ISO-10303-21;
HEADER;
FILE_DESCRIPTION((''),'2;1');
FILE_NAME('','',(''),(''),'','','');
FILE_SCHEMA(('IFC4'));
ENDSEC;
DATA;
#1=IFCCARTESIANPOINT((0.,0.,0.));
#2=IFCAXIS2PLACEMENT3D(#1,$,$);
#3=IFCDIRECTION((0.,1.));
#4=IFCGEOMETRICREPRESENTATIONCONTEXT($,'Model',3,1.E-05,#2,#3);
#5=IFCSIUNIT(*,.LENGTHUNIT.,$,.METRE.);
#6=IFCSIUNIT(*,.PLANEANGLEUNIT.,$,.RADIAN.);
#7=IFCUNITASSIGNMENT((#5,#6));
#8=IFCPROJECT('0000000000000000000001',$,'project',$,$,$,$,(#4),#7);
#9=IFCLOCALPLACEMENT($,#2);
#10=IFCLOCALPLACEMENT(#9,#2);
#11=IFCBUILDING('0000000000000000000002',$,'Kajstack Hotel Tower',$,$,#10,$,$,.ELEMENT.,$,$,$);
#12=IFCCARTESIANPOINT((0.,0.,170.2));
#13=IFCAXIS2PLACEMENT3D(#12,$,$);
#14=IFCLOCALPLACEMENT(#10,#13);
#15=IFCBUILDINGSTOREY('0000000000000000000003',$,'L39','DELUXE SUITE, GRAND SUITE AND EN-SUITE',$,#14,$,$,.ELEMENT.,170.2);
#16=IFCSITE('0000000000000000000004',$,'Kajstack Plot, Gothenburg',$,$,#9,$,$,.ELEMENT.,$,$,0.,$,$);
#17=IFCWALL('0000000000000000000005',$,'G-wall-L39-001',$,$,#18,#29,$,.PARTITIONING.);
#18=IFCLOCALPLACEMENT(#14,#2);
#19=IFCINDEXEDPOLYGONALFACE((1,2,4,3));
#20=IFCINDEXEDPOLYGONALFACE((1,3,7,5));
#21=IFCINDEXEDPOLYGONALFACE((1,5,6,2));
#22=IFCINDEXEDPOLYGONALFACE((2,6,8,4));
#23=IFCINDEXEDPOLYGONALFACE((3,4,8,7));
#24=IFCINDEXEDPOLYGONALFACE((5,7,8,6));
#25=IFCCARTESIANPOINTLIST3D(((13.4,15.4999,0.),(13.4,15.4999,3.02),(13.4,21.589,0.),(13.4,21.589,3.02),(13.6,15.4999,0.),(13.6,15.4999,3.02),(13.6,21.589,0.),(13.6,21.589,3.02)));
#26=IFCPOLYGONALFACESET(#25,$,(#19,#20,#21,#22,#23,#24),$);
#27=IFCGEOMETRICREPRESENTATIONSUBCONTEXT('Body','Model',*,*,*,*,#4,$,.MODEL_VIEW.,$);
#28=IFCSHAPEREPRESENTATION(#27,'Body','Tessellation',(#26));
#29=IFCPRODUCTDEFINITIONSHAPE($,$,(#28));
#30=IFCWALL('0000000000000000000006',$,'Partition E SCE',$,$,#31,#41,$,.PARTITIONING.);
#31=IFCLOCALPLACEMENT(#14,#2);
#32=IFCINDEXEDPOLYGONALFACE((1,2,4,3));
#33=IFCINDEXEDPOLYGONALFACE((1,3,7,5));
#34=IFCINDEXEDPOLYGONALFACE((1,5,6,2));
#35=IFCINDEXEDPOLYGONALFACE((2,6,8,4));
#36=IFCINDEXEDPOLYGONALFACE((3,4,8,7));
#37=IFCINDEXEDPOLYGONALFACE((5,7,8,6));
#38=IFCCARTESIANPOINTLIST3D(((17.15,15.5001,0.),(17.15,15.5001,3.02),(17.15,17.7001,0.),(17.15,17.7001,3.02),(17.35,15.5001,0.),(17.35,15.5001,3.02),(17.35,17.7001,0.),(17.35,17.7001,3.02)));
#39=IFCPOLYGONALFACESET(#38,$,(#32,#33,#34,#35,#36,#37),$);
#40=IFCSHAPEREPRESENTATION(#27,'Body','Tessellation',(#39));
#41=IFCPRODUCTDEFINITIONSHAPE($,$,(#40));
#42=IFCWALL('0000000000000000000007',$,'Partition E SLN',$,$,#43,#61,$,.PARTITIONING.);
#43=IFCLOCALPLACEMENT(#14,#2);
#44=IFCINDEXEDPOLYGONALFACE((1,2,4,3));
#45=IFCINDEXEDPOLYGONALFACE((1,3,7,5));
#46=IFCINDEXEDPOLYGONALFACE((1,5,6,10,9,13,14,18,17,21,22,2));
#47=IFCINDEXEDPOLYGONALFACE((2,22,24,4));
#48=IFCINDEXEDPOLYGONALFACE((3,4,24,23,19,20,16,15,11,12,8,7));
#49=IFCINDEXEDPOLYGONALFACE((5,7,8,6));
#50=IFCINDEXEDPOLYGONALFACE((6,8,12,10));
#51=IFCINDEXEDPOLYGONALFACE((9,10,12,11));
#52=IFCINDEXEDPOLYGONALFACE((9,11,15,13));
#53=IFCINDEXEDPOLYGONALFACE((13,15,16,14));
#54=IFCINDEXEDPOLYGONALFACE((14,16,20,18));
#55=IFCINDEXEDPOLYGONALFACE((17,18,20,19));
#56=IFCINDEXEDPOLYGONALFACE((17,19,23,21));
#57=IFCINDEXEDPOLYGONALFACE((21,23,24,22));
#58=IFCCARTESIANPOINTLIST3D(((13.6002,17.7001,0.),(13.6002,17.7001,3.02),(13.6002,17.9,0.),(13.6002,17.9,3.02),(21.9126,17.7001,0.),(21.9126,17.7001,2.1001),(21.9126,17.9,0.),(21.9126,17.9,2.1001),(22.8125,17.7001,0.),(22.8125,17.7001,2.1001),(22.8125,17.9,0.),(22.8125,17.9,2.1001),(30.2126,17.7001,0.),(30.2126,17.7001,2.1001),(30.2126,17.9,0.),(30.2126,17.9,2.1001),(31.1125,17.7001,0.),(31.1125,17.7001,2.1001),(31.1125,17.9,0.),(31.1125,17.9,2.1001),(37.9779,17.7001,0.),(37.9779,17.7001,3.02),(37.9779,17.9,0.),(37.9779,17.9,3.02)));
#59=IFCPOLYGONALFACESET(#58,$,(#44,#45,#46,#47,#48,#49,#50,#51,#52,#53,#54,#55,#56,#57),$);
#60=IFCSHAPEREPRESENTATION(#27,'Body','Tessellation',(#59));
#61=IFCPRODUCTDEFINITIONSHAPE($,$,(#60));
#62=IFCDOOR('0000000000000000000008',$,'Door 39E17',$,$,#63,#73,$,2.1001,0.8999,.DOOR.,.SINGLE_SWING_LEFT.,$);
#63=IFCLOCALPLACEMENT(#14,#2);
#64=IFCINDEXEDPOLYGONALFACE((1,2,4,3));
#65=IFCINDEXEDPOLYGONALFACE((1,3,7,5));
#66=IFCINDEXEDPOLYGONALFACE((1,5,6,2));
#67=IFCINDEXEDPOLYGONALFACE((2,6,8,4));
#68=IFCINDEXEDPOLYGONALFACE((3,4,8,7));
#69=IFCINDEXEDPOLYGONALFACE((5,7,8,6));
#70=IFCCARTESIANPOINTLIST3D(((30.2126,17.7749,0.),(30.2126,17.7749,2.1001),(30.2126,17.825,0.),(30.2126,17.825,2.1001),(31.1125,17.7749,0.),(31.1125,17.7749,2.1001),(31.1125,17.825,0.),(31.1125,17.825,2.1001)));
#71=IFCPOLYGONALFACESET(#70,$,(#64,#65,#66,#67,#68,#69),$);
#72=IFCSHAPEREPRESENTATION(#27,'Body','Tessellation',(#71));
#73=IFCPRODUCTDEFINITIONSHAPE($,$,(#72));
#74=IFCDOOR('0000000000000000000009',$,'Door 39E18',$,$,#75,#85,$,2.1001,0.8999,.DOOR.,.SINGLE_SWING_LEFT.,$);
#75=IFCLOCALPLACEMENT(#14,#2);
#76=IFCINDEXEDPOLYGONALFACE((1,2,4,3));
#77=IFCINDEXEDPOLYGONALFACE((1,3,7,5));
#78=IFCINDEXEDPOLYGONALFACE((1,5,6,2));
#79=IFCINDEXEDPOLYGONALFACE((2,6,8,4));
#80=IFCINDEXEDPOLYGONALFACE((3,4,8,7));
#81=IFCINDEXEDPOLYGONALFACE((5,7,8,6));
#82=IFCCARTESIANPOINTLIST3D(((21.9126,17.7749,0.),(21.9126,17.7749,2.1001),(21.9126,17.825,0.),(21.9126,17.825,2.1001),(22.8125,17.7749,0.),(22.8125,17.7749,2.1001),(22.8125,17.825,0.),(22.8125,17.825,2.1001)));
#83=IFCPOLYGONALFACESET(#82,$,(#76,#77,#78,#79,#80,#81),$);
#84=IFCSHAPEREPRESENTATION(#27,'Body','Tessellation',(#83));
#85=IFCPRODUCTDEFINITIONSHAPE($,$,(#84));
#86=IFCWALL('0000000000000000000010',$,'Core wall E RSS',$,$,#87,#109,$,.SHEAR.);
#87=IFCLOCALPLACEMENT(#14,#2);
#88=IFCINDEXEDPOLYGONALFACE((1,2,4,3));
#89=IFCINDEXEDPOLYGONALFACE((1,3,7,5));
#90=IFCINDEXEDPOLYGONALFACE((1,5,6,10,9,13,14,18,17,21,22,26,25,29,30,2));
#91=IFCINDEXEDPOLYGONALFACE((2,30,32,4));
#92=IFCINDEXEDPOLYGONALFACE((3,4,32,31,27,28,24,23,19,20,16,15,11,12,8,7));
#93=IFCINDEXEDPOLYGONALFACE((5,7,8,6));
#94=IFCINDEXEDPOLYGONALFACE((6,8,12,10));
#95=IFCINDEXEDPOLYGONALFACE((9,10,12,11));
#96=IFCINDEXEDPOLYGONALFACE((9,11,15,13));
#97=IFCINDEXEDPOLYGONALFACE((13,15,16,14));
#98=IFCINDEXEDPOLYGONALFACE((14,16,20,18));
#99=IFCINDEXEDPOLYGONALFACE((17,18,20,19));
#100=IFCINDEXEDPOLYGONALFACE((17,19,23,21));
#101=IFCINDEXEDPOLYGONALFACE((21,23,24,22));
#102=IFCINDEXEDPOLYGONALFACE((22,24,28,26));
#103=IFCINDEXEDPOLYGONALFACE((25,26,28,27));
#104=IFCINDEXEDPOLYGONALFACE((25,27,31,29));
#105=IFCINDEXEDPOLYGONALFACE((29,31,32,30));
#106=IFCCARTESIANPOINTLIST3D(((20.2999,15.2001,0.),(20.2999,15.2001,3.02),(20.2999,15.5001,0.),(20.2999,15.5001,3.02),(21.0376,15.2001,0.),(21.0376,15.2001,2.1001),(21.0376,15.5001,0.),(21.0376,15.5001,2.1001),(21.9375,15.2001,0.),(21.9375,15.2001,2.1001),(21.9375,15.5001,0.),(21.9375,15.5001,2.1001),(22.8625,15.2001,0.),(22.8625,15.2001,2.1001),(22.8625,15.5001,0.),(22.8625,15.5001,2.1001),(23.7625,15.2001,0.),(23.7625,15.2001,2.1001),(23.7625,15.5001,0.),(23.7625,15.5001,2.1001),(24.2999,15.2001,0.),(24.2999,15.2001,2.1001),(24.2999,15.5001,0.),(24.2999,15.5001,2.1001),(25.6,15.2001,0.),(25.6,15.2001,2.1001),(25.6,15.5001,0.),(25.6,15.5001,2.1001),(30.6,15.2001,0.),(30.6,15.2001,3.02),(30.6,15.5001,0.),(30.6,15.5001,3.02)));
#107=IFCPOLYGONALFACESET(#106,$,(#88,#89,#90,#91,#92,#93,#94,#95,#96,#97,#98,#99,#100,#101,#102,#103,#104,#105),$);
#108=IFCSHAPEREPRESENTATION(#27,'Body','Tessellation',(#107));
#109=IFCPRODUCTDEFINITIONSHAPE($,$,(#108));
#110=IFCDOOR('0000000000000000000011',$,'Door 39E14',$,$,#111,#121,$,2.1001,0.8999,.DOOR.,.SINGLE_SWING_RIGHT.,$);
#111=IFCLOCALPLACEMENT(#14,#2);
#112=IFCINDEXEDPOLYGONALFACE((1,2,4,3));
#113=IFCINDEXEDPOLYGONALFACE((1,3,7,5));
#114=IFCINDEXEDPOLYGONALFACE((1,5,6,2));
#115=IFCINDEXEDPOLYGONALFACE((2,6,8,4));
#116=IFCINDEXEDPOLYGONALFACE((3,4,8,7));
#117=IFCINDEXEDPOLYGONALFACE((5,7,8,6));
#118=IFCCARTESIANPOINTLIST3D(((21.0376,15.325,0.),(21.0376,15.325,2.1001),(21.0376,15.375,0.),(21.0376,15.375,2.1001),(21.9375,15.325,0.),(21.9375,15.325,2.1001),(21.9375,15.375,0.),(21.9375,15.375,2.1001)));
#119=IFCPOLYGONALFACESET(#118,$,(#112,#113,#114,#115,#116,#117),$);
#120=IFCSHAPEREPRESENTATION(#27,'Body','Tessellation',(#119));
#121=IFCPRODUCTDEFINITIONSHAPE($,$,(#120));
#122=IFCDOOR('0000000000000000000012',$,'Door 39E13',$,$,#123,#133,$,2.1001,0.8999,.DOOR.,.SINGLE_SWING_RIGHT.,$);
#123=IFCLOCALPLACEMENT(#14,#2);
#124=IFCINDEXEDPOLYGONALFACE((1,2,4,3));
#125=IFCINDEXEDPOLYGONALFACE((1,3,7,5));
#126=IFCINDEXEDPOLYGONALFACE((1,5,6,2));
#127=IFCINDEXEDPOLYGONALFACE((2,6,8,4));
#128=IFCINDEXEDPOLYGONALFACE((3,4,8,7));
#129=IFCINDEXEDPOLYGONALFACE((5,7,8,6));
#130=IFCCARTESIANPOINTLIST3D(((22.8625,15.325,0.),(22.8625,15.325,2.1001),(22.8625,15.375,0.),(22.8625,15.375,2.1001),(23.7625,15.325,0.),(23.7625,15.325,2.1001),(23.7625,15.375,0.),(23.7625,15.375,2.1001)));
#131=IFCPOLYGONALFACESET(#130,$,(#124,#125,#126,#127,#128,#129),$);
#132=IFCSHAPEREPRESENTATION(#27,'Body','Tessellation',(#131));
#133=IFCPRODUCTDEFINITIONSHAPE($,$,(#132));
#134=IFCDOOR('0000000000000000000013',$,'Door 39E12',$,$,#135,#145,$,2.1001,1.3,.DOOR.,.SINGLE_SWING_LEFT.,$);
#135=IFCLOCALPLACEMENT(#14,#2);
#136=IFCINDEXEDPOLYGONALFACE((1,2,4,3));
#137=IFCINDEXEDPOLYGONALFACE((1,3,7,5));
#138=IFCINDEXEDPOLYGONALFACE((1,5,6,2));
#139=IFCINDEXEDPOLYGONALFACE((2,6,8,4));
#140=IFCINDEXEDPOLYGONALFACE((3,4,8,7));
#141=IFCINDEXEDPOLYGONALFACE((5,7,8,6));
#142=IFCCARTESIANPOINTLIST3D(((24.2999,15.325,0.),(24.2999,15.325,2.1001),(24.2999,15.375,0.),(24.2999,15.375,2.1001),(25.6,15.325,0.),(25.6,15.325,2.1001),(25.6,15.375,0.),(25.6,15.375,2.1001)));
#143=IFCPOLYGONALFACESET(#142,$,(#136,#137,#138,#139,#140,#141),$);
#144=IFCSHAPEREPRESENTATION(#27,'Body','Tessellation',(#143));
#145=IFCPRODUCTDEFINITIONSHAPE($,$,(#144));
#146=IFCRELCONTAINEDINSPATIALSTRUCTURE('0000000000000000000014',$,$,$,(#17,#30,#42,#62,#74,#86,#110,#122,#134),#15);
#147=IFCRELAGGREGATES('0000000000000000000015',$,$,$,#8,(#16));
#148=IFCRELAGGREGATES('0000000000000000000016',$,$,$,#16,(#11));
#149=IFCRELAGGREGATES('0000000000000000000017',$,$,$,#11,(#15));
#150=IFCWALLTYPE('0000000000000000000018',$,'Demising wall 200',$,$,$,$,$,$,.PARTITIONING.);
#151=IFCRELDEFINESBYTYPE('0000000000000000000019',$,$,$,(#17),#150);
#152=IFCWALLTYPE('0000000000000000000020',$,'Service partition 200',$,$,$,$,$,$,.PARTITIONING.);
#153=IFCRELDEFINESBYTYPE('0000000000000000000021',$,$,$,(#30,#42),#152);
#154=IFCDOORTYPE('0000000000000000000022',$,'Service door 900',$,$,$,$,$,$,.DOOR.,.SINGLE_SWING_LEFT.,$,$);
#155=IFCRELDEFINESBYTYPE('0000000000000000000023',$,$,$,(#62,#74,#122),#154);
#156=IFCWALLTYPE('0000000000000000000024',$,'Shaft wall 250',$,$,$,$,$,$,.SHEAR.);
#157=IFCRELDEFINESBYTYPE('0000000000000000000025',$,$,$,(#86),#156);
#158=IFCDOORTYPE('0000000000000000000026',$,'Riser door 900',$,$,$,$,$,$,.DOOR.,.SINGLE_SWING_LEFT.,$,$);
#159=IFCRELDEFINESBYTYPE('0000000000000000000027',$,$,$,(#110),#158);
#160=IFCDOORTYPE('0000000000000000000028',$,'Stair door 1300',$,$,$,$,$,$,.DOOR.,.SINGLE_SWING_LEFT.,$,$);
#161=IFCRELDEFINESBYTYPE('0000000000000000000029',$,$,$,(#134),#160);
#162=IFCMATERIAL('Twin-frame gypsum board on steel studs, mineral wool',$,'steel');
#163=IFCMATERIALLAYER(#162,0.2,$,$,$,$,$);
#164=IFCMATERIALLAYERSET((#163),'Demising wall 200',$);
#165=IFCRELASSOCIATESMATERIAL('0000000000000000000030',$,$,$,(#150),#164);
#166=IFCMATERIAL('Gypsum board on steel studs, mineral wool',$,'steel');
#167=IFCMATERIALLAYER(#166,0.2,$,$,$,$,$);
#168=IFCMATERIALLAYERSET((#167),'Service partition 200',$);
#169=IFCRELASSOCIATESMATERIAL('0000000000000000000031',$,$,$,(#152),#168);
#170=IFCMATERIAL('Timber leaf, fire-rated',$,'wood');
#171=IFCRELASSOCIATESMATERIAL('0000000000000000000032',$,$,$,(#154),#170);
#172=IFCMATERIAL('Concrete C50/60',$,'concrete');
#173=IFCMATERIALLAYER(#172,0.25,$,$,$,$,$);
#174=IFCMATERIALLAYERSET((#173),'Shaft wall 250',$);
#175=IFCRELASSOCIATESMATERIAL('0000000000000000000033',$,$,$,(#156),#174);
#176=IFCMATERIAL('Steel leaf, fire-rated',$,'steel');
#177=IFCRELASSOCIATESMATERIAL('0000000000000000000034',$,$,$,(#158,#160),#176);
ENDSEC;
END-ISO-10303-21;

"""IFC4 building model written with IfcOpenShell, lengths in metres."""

from ifc_helpers import new_model, si_unit, direction, frame, frame_2d, origin, place, context, subcontext, project, spatial, rectangle, extrude, material, layer, layer_set, type_object, element, fill, save


model = new_model("IFC4")

# Units and contexts
model_context = context("Model", 3, precision=1e-05, world=origin(), true_north=direction((0.0, 1.0)))
body_context = subcontext(model_context, "Body", "Model", "MODEL_VIEW")
ifc_project = project(units=[si_unit("LENGTHUNIT", "METRE"), si_unit("PLANEANGLEUNIT", "RADIAN")], contexts=[model_context])

# Site, building, storey
site_placement = place(None, origin())
site = spatial("IfcSite", under=ifc_project, at=site_placement, Name="Kajstack Plot, Gothenburg", CompositionType="ELEMENT", RefElevation=0.0)
building_placement = place(site_placement, origin())
building = spatial("IfcBuilding", under=site, at=building_placement, Name="Kajstack Hotel Tower", CompositionType="ELEMENT")
storey_placement = place(building_placement, frame((0.0, 0.0, 170.2)))
storey = spatial("IfcBuildingStorey", under=building, at=storey_placement, Name="L39", Description="DELUXE SUITE, GRAND SUITE AND EN-SUITE", CompositionType="ELEMENT", Elevation=170.2)

# Wall
ifc_material_1 = material(Name="Twin-frame gypsum board on steel studs, mineral wool", Category="steel")
ifc_layer_1 = layer(ifc_material_1, 0.2)
ifc_layer_set_1 = layer_set([ifc_layer_1], Name="Demising wall 200")
wall_type_1 = type_object("IfcWallType", Name="Demising wall 200", PredefinedType="PARTITIONING", material=ifc_layer_set_1)
wall_1_placement = place(storey_placement, frame((13.5, 15.5, 0.0), z_axis=(0.0, 0.0, 1.0), x_axis=(0.0, 1.0, 0.0)))
element("IfcWall", 1, at=wall_1_placement, inside=storey, type_object=wall_type_1, Name="G-wall-L39-001", PredefinedType="PARTITIONING", context=body_context, shape_type="SweptSolid", body=[
    extrude(rectangle(XDim=6.0891, YDim=0.2, at=frame_2d((3.0444, 0.0))), origin(), (0.0, 0.0, 1.0), 3.02),
])

# Wall
ifc_material_2 = material(Name="Gypsum board on steel studs, mineral wool", Category="steel")
ifc_layer_2 = layer(ifc_material_2, 0.2)
ifc_layer_set_2 = layer_set([ifc_layer_2], Name="Service partition 200")
wall_type_2 = type_object("IfcWallType", Name="Service partition 200", PredefinedType="PARTITIONING", material=ifc_layer_set_2)
wall_2_placement = place(storey_placement, frame((17.25, 15.5, 0.0), z_axis=(0.0, 0.0, 1.0), x_axis=(0.0, 1.0, 0.0)))
element("IfcWall", 2, at=wall_2_placement, inside=storey, type_object=wall_type_2, Name="Partition E SCE", PredefinedType="PARTITIONING", context=body_context, shape_type="SweptSolid", body=[
    extrude(rectangle(XDim=2.2, YDim=0.2, at=frame_2d((1.1001, 0.0))), origin(), (0.0, 0.0, 1.0), 3.02),
])

# Walls, openings, doors
wall_3_placement = place(storey_placement, frame((13.6001, 17.8, 0.0), z_axis=(0.0, 0.0, 1.0), x_axis=(1.0, 0.0, 0.0)))
wall_3 = element("IfcWall", 3, at=wall_3_placement, inside=storey, type_object=wall_type_2, Name="Partition E SLN", PredefinedType="PARTITIONING", context=body_context, shape_type="SweptSolid", body=[
    extrude(rectangle(XDim=24.3777, YDim=0.2, at=frame_2d((12.189, 0.0))), origin(), (0.0, 0.0, 1.0), 3.02),
])
opening_1_placement = place(wall_3_placement, frame((16.6125, 0.0, 0.0)))
opening_1 = element("IfcOpeningElement", 4, at=opening_1_placement, cuts=wall_3, PredefinedType="OPENING", context=body_context, shape_type="SweptSolid", body=[
    extrude(rectangle(XDim=0.8999, YDim=2.1001, at=frame_2d((0.45, 1.05))), frame((0.0, 0.1099, 0.0), z_axis=(0.0, -1.0, 0.0), x_axis=(1.0, 0.0, 0.0)), (0.0, 0.0, 1.0), 0.22),
])
opening_2_placement = place(wall_3_placement, frame((8.3125, 0.0, 0.0)))
opening_2 = element("IfcOpeningElement", 5, at=opening_2_placement, cuts=wall_3, PredefinedType="OPENING", context=body_context, shape_type="SweptSolid", body=[
    extrude(rectangle(XDim=0.8999, YDim=2.1001, at=frame_2d((0.45, 1.05))), frame((0.0, 0.1099, 0.0), z_axis=(0.0, -1.0, 0.0), x_axis=(1.0, 0.0, 0.0)), (0.0, 0.0, 1.0), 0.22),
])
ifc_material_3 = material(Name="Timber leaf, fire-rated", Category="wood")
door_type_1 = type_object("IfcDoorType", Name="Service door 900", OperationType="SINGLE_SWING_LEFT", PredefinedType="DOOR", material=ifc_material_3)
door_1_placement = place(opening_1_placement, origin())
door_1 = element("IfcDoor", 6, at=door_1_placement, inside=storey, type_object=door_type_1, Name="Door 39E17", OperationType="SINGLE_SWING_LEFT", OverallHeight=2.1001, OverallWidth=0.8999, PredefinedType="DOOR", context=body_context, shape_type="SweptSolid", body=[
    extrude(rectangle(XDim=0.8999, YDim=2.1001, at=frame_2d((0.45, 1.05))), frame((0.0, 0.0249, 0.0), z_axis=(0.0, -1.0, 0.0), x_axis=(1.0, 0.0, 0.0)), (0.0, 0.0, 1.0), 0.05),
])
fill(opening_1, door_1)
door_2_placement = place(opening_2_placement, origin())
door_2 = element("IfcDoor", 7, at=door_2_placement, inside=storey, type_object=door_type_1, Name="Door 39E18", OperationType="SINGLE_SWING_LEFT", OverallHeight=2.1001, OverallWidth=0.8999, PredefinedType="DOOR", context=body_context, shape_type="SweptSolid", body=[
    extrude(rectangle(XDim=0.8999, YDim=2.1001, at=frame_2d((0.45, 1.05))), frame((0.0, 0.0249, 0.0), z_axis=(0.0, -1.0, 0.0), x_axis=(1.0, 0.0, 0.0)), (0.0, 0.0, 1.0), 0.05),
])
fill(opening_2, door_2)
ifc_material_4 = material(Name="Concrete C50/60", Category="concrete")
ifc_layer_3 = layer(ifc_material_4, 0.25)
ifc_layer_set_3 = layer_set([ifc_layer_3], Name="Shaft wall 250")
wall_type_3 = type_object("IfcWallType", Name="Shaft wall 250", PredefinedType="SHEAR", material=ifc_layer_set_3)
wall_4_placement = place(storey_placement, frame((20.3, 15.3501, 0.0), z_axis=(0.0, 0.0, 1.0), x_axis=(1.0, 0.0, 0.0)))
wall_4 = element("IfcWall", 8, at=wall_4_placement, inside=storey, type_object=wall_type_3, Name="Core wall E RSS", PredefinedType="SHEAR", context=body_context, shape_type="SweptSolid", body=[
    extrude(rectangle(XDim=10.3, YDim=0.3, at=frame_2d((5.1499, 0.0))), origin(), (0.0, 0.0, 1.0), 3.02),
])
opening_3_placement = place(wall_4_placement, frame((4.0, 0.0, 0.0)))
opening_3 = element("IfcOpeningElement", 9, at=opening_3_placement, cuts=wall_4, PredefinedType="OPENING", context=body_context, shape_type="SweptSolid", body=[
    extrude(rectangle(XDim=1.3, YDim=2.1001, at=frame_2d((0.6499, 1.05))), frame((0.0, 0.1599, 0.0), z_axis=(0.0, -1.0, 0.0), x_axis=(1.0, 0.0, 0.0)), (0.0, 0.0, 1.0), 0.3201),
])
opening_4_placement = place(wall_4_placement, frame((2.5625, 0.0, 0.0)))
opening_4 = element("IfcOpeningElement", 10, at=opening_4_placement, cuts=wall_4, PredefinedType="OPENING", context=body_context, shape_type="SweptSolid", body=[
    extrude(rectangle(XDim=0.8999, YDim=2.1001, at=frame_2d((0.45, 1.05))), frame((0.0, 0.1599, 0.0), z_axis=(0.0, -1.0, 0.0), x_axis=(1.0, 0.0, 0.0)), (0.0, 0.0, 1.0), 0.3201),
])
opening_5_placement = place(wall_4_placement, frame((0.7375, 0.0, 0.0)))
opening_5 = element("IfcOpeningElement", 11, at=opening_5_placement, cuts=wall_4, PredefinedType="OPENING", context=body_context, shape_type="SweptSolid", body=[
    extrude(rectangle(XDim=0.8999, YDim=2.1001, at=frame_2d((0.45, 1.05))), frame((0.0, 0.1599, 0.0), z_axis=(0.0, -1.0, 0.0), x_axis=(1.0, 0.0, 0.0)), (0.0, 0.0, 1.0), 0.3201),
])
ifc_material_5 = material(Name="Steel leaf, fire-rated", Category="steel")
door_type_2 = type_object("IfcDoorType", Name="Riser door 900", OperationType="SINGLE_SWING_LEFT", PredefinedType="DOOR", material=ifc_material_5)
door_3_placement = place(opening_5_placement, origin())
door_3 = element("IfcDoor", 12, at=door_3_placement, inside=storey, type_object=door_type_2, Name="Door 39E14", OperationType="SINGLE_SWING_RIGHT", OverallHeight=2.1001, OverallWidth=0.8999, PredefinedType="DOOR", context=body_context, shape_type="SweptSolid", body=[
    extrude(rectangle(XDim=0.8999, YDim=2.1001, at=frame_2d((0.45, 1.05))), frame((0.0, 0.0249, 0.0), z_axis=(0.0, -1.0, 0.0), x_axis=(1.0, 0.0, 0.0)), (0.0, 0.0, 1.0), 0.05),
])
fill(opening_5, door_3)
door_4_placement = place(opening_4_placement, origin())
door_4 = element("IfcDoor", 13, at=door_4_placement, inside=storey, type_object=door_type_1, Name="Door 39E13", OperationType="SINGLE_SWING_RIGHT", OverallHeight=2.1001, OverallWidth=0.8999, PredefinedType="DOOR", context=body_context, shape_type="SweptSolid", body=[
    extrude(rectangle(XDim=0.8999, YDim=2.1001, at=frame_2d((0.45, 1.05))), frame((0.0, 0.0249, 0.0), z_axis=(0.0, -1.0, 0.0), x_axis=(1.0, 0.0, 0.0)), (0.0, 0.0, 1.0), 0.05),
])
fill(opening_4, door_4)
door_type_3 = type_object("IfcDoorType", Name="Stair door 1300", OperationType="SINGLE_SWING_LEFT", PredefinedType="DOOR", material=ifc_material_5)
door_5_placement = place(opening_3_placement, origin())
door_5 = element("IfcDoor", 14, at=door_5_placement, inside=storey, type_object=door_type_3, Name="Door 39E12", OperationType="SINGLE_SWING_LEFT", OverallHeight=2.1001, OverallWidth=1.3, PredefinedType="DOOR", context=body_context, shape_type="SweptSolid", body=[
    extrude(rectangle(XDim=1.3, YDim=2.1001, at=frame_2d((0.6499, 1.05))), frame((0.0, 0.0249, 0.0), z_axis=(0.0, -1.0, 0.0), x_axis=(1.0, 0.0, 0.0)), (0.0, 0.0, 1.0), 0.05),
])
fill(opening_3, door_5)

save(model, "model.ifc")
